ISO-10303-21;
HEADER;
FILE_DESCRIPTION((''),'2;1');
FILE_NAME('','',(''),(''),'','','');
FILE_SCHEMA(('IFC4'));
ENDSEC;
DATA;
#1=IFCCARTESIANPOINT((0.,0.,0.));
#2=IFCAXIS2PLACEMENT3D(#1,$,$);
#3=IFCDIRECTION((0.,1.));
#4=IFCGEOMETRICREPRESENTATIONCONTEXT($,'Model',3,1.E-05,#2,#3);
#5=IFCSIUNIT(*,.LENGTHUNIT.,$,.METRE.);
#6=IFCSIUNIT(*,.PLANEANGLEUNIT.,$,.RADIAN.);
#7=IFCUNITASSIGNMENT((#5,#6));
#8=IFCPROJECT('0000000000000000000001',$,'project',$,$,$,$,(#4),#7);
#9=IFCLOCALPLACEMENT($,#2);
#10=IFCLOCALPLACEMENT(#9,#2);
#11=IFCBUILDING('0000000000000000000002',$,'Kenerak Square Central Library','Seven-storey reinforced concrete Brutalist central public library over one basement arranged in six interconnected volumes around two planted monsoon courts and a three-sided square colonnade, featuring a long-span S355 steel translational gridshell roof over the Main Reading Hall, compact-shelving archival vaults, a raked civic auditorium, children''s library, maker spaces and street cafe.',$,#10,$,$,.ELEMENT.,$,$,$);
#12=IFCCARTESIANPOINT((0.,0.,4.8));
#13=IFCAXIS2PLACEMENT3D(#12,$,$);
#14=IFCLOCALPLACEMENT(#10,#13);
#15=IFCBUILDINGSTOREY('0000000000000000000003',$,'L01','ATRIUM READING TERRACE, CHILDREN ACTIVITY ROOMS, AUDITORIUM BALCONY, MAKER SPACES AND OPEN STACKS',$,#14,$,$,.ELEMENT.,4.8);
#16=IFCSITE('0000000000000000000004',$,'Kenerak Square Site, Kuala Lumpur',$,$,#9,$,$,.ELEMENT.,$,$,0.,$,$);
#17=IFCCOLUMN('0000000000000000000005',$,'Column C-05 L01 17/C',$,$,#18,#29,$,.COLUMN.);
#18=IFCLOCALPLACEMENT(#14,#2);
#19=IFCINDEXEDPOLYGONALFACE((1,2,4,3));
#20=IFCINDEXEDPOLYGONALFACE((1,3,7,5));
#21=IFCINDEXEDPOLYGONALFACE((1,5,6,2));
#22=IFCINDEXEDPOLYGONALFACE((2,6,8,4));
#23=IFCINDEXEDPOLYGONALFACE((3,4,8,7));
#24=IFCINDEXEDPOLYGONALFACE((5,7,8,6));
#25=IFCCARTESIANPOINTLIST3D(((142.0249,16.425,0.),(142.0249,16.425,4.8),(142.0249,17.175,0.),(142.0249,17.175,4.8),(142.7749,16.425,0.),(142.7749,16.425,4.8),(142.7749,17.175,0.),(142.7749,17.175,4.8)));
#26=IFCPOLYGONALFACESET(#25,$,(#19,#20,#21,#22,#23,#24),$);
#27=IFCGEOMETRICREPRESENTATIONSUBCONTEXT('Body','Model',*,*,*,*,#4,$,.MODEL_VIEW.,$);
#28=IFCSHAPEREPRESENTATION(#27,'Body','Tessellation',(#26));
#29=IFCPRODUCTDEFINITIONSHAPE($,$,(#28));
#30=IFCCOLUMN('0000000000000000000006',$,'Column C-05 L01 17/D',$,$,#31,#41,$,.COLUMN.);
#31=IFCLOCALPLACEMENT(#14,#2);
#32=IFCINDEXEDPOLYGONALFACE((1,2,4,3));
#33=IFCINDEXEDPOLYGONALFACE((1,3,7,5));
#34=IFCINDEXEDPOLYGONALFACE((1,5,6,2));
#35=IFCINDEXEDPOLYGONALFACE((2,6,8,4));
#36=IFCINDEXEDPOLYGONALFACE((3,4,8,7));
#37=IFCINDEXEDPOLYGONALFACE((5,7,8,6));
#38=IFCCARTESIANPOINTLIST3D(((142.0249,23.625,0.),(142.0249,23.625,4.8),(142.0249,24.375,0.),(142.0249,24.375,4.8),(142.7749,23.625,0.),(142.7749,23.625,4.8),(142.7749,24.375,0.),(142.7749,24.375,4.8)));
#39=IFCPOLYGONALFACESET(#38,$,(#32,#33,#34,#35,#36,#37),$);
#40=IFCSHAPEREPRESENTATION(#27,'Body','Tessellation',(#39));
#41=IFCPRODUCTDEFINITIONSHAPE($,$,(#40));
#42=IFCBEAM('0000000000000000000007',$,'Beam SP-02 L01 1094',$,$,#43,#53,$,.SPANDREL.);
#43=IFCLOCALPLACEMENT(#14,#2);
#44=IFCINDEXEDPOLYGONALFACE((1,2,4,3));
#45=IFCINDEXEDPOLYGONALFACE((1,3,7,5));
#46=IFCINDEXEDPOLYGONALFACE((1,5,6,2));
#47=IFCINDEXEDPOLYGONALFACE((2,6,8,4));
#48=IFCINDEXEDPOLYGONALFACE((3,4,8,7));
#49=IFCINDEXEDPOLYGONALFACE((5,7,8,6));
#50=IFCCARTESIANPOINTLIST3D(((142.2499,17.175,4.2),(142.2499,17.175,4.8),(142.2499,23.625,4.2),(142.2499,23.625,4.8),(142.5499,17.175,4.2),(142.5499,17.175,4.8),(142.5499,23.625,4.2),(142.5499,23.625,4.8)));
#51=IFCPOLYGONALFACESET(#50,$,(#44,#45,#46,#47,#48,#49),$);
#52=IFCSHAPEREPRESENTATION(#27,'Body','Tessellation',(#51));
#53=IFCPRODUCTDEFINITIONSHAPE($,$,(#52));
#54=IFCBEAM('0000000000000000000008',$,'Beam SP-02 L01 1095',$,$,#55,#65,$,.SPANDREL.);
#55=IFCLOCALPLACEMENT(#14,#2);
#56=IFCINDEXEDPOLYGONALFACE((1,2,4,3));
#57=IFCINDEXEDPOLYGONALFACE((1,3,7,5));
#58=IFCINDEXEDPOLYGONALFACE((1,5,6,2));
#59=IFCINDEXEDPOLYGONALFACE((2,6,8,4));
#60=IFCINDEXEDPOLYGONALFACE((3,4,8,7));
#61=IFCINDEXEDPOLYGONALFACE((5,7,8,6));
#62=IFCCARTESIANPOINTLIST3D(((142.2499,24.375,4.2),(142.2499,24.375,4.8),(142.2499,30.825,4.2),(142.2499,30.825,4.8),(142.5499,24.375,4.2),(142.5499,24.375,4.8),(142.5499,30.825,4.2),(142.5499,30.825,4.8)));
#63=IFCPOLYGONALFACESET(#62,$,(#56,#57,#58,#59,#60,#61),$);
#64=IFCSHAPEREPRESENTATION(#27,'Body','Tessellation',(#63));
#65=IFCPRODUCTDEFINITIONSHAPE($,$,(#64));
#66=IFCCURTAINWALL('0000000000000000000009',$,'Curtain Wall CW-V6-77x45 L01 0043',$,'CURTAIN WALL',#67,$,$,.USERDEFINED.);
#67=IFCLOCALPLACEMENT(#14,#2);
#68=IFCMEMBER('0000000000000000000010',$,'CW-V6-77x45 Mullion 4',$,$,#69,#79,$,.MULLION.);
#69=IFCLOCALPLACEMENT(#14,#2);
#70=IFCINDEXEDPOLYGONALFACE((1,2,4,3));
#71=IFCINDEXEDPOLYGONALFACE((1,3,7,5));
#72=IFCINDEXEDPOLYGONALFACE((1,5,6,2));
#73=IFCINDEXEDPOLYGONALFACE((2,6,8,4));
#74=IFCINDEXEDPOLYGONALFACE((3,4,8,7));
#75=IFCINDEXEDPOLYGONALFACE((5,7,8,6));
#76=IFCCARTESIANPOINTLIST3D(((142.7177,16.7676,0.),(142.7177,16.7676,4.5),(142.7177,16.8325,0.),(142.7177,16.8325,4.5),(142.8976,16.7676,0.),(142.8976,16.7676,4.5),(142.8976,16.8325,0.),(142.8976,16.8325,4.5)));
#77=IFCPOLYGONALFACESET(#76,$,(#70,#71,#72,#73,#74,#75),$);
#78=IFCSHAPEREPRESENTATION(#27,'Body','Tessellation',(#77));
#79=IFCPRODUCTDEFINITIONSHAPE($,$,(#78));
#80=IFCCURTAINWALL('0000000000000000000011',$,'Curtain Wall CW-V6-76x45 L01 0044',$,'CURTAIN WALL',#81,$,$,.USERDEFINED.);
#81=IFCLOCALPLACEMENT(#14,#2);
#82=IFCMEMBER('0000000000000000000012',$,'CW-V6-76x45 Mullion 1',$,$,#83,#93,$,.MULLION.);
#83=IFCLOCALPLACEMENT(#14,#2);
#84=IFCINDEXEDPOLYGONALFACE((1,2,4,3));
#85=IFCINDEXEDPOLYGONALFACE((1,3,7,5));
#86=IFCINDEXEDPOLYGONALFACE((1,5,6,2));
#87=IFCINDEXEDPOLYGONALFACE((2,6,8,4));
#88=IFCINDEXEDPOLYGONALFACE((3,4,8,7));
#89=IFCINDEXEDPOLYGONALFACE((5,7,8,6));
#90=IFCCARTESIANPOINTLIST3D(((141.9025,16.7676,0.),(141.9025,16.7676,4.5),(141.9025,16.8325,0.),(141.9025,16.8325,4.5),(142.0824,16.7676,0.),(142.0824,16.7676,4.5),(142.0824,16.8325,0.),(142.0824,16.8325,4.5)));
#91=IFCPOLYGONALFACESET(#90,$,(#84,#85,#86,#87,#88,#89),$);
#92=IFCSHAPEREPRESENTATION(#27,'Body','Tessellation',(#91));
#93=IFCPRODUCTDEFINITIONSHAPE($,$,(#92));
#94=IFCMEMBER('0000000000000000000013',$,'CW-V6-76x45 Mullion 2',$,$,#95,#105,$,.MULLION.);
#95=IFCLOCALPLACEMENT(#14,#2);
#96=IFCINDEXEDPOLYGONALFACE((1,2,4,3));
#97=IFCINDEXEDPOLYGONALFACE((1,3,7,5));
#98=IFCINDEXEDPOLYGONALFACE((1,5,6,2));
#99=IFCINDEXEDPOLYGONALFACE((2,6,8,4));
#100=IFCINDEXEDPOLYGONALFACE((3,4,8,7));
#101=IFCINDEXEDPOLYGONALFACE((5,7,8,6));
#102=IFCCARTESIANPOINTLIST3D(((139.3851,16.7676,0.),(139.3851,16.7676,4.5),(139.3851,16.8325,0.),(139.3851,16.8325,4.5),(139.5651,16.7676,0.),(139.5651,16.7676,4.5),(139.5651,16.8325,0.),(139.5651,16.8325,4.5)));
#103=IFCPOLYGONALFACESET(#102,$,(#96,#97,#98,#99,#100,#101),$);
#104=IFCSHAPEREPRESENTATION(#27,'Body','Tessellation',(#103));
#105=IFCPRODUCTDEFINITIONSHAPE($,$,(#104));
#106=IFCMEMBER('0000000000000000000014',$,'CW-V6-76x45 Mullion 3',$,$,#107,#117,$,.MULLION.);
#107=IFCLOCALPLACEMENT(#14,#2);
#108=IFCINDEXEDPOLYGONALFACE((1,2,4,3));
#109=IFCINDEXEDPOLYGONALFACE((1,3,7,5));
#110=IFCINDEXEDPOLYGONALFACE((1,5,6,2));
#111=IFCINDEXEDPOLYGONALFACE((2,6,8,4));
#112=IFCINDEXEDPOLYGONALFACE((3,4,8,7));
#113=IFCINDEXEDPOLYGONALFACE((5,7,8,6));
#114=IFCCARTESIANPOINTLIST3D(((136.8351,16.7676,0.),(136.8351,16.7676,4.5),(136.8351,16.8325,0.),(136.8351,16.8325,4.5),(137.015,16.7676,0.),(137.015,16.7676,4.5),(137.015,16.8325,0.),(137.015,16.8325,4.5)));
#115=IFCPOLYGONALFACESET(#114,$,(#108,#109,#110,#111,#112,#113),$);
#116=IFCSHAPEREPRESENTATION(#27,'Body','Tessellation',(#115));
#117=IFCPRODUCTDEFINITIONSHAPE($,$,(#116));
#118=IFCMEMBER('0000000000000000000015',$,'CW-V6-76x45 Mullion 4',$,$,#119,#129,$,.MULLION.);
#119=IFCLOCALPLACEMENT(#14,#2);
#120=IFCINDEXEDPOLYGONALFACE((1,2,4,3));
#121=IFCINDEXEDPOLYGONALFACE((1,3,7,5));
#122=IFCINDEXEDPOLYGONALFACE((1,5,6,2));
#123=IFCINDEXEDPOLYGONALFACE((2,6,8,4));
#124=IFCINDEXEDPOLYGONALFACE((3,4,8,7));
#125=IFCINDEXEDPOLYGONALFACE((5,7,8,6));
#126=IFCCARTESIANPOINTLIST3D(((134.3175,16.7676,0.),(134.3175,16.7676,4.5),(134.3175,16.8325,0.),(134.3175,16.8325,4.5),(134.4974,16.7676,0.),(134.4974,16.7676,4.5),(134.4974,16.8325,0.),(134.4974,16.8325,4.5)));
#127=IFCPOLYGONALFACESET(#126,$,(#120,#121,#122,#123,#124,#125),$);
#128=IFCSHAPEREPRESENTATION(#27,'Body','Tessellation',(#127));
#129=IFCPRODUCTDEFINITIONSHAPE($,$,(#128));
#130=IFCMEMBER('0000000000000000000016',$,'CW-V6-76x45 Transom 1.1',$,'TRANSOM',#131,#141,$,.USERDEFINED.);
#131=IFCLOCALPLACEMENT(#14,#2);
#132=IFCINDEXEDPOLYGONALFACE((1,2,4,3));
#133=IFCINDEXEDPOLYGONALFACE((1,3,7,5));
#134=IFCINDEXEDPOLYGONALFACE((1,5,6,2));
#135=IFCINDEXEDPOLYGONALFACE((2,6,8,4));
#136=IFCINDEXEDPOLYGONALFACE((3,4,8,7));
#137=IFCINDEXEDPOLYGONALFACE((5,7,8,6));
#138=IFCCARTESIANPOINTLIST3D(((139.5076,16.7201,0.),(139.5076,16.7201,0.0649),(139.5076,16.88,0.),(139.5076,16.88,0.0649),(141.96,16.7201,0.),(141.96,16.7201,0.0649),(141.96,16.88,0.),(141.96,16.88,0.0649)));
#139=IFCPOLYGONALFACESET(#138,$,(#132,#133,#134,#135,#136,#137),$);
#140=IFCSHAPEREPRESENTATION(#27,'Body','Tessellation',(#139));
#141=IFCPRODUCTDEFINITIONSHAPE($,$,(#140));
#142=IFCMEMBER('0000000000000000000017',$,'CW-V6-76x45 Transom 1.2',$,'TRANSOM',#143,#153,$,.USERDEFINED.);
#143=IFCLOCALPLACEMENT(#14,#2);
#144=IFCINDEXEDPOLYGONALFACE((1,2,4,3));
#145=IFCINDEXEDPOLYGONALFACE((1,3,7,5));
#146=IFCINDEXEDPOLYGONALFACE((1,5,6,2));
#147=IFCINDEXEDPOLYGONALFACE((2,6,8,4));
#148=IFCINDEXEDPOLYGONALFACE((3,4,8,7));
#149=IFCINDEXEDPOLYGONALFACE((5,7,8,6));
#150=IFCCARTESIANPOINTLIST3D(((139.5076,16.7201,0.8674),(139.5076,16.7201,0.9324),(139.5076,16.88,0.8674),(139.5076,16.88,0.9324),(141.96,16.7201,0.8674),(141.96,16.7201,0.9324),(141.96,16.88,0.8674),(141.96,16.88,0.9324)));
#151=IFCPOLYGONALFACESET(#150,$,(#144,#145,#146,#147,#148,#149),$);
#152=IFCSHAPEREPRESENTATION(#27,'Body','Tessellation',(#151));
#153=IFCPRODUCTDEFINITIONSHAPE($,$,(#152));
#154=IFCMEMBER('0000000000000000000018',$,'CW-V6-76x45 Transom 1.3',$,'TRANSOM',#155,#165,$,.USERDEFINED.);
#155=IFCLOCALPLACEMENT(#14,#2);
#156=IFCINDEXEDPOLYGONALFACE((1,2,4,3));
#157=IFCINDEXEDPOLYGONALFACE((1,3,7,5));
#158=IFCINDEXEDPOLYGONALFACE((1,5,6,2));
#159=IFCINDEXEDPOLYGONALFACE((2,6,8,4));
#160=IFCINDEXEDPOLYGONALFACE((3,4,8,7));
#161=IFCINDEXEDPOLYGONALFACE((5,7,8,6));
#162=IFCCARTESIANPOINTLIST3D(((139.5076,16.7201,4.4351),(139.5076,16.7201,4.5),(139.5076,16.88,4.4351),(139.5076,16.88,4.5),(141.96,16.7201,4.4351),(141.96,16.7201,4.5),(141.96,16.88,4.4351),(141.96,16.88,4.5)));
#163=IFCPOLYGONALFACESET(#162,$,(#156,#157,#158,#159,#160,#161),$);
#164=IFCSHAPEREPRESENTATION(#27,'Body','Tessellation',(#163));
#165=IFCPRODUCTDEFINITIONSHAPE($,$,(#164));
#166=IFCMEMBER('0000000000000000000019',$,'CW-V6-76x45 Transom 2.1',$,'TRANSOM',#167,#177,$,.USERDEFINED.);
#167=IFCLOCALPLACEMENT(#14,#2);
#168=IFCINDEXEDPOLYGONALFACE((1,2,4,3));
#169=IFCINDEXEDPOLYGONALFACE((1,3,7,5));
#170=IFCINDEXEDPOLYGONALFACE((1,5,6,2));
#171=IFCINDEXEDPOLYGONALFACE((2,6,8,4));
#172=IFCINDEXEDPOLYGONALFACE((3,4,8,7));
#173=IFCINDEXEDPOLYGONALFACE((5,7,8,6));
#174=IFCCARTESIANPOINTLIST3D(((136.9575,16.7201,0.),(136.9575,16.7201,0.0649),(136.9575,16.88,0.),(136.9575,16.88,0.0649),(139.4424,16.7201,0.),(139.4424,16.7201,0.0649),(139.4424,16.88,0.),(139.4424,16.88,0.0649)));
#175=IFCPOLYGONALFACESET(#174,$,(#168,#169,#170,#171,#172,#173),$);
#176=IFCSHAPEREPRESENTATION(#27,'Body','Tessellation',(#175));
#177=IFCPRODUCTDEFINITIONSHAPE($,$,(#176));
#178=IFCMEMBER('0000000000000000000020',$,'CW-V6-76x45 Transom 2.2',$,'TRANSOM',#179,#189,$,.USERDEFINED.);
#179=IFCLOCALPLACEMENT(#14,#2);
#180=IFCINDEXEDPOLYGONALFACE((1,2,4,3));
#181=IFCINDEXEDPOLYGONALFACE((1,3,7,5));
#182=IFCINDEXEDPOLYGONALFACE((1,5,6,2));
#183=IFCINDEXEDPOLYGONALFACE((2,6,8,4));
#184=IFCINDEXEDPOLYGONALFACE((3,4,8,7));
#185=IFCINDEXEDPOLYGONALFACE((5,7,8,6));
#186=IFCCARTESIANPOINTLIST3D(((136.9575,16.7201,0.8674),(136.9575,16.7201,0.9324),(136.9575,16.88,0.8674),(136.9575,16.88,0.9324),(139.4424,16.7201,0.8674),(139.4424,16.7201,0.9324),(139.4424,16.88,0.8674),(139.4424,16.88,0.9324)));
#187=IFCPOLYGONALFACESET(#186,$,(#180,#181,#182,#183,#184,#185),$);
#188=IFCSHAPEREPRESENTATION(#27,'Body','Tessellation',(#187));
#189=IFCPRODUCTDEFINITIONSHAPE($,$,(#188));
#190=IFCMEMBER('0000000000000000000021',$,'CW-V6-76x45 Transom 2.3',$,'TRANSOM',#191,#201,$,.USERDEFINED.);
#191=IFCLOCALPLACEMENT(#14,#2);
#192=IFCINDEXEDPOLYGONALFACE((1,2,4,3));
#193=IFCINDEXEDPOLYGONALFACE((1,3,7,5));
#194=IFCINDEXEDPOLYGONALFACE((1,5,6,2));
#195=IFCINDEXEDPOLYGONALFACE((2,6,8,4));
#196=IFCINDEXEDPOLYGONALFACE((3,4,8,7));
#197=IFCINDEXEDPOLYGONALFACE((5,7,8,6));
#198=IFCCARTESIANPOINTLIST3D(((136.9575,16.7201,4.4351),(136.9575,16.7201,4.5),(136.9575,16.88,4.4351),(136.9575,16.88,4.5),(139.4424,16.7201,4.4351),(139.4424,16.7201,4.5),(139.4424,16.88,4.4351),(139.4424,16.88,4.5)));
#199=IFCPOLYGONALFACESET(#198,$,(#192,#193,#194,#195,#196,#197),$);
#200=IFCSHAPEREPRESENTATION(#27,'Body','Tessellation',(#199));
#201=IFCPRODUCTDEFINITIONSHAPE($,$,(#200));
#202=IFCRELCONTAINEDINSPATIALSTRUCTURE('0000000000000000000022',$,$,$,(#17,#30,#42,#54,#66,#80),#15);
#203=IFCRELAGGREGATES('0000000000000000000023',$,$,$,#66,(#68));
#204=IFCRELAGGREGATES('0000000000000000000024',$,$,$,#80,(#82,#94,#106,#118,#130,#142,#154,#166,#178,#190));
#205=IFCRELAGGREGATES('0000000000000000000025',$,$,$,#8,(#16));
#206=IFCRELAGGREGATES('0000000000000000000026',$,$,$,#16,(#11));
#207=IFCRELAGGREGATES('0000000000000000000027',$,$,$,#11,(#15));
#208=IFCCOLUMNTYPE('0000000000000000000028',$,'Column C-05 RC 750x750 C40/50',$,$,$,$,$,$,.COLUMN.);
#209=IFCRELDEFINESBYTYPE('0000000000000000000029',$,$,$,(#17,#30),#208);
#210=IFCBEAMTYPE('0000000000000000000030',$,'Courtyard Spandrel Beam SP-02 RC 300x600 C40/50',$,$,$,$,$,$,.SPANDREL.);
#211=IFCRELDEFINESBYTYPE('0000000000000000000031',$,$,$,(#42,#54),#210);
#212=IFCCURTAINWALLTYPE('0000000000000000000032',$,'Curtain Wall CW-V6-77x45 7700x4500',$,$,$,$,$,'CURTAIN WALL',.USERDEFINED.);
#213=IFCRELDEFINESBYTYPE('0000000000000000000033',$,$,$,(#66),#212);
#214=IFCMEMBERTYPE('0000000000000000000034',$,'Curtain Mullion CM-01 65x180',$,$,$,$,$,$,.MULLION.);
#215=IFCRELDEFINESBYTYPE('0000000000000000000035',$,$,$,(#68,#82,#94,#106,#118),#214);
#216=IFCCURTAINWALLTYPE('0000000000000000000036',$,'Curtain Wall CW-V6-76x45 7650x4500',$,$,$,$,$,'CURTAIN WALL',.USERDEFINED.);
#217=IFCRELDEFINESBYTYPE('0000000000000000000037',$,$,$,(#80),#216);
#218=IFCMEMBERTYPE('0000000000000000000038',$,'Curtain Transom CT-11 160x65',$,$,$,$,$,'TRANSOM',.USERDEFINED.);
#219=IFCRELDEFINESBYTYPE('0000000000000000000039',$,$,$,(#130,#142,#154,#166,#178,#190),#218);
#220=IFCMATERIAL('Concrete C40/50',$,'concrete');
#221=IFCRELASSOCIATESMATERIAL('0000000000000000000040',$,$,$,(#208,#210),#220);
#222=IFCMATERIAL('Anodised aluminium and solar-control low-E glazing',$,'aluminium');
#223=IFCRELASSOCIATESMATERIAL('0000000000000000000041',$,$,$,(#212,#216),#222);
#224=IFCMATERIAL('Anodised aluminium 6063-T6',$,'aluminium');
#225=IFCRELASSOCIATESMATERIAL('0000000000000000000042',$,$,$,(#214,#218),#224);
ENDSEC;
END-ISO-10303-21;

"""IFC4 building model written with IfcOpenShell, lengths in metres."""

from ifc_helpers import new_model, si_unit, direction, frame, origin, origin_2d, place, context, subcontext, project, spatial, rectangle, extrude, material, material_profile, profile_set, type_object, element, aggregate, save


model = new_model("IFC4")

# Units and contexts
model_context = context("Model", 3, precision=1e-05, world=origin(), true_north=direction((0.0, 1.0)))
body_context = subcontext(model_context, "Body", "Model", "MODEL_VIEW")
ifc_project = project(units=[si_unit("LENGTHUNIT", "METRE"), si_unit("PLANEANGLEUNIT", "RADIAN")], contexts=[model_context])

# Site, building, storey
site_placement = place(None, origin())
site = spatial("IfcSite", under=ifc_project, at=site_placement, Name="Kenerak Square Site, Kuala Lumpur", CompositionType="ELEMENT", RefElevation=0.0)
building_placement = place(site_placement, origin())
building = spatial("IfcBuilding", under=site, at=building_placement, Name="Kenerak Square Central Library", Description="Seven-storey reinforced concrete Brutalist central public library over one basement arranged in six interconnected volumes around two planted monsoon courts and a three-sided square colonnade, featuring a long-span S355 steel translational gridshell roof over the Main Reading Hall, compact-shelving archival vaults, a raked civic auditorium, children's library, maker spaces and street cafe.", CompositionType="ELEMENT")
storey_placement = place(building_placement, frame((0.0, 0.0, 4.8)))
storey = spatial("IfcBuildingStorey", under=building, at=storey_placement, Name="L01", Description="ATRIUM READING TERRACE, CHILDREN ACTIVITY ROOMS, AUDITORIUM BALCONY, MAKER SPACES AND OPEN STACKS", CompositionType="ELEMENT", Elevation=4.8)

# Columns
ifc_material_1 = material(Name="Concrete C40/50", Category="concrete")
ifc_material_profile_1 = material_profile(ifc_material_1, rectangle(XDim=0.75, YDim=0.75, at=origin_2d()), Name="RC 750x750")
ifc_profile_set_1 = profile_set([ifc_material_profile_1], Name="Concrete C40/50")
column_type = type_object("IfcColumnType", Name="Column C-05 RC 750x750 C40/50", PredefinedType="COLUMN", material=ifc_profile_set_1)
for number, where, z_axis, x_axis, name in (
    (1, (142.3999, 16.8, 0.0), (0.0, 0.0, 1.0), (1.0, 0.0, 0.0), "Column C-05 L01 17/C"),
    (2, (142.3999, 24.0, 0.0), (0.0, 0.0, 1.0), (1.0, 0.0, 0.0), "Column C-05 L01 17/D"),
):
    element("IfcColumn", number, at=place(storey_placement, frame(where, z_axis=z_axis, x_axis=x_axis)), inside=storey, type_object=column_type, Name=name, PredefinedType="COLUMN", context=body_context, shape_type="SweptSolid", body=[
        extrude(rectangle(XDim=0.75, YDim=0.75, at=origin_2d()), origin(), (0.0, 0.0, 1.0), 4.8),
    ])

# Beams
ifc_material_profile_2 = material_profile(ifc_material_1, rectangle(XDim=0.3, YDim=0.6001, at=origin_2d()), Name="RC 300x600")
ifc_profile_set_2 = profile_set([ifc_material_profile_2], Name="Concrete C40/50")
beam_type_1 = type_object("IfcBeamType", Name="Courtyard Spandrel Beam SP-02 RC 300x600 C40/50", PredefinedType="SPANDREL", material=ifc_profile_set_2)
for number, where, z_axis, x_axis, name in (
    (3, (142.3999, 17.175, 4.5), (0.0, 1.0, 0.0), (-1.0, 0.0, 0.0), "Beam SP-02 L01 1094"),
    (4, (142.3999, 24.375, 4.5), (0.0, 1.0, 0.0), (-1.0, 0.0, 0.0), "Beam SP-02 L01 1095"),
):
    element("IfcBeam", number, at=place(storey_placement, frame(where, z_axis=z_axis, x_axis=x_axis)), inside=storey, type_object=beam_type_1, Name=name, PredefinedType="SPANDREL", context=body_context, shape_type="SweptSolid", body=[
        extrude(rectangle(XDim=0.3, YDim=0.6001, at=origin_2d()), origin(), (0.0, 0.0, 1.0), 6.45),
    ])

# Curtain wall, member
ifc_material_2 = material(Name="Anodised aluminium and solar-control low-E glazing", Category="aluminium")
curtain_wall_type_1 = type_object("IfcCurtainWallType", Name="Curtain Wall CW-V6-77x45 7700x4500", ElementType="CURTAIN WALL", PredefinedType="USERDEFINED", material=ifc_material_2)
curtain_wall_1_placement = place(storey_placement, origin())
curtain_wall_1 = element("IfcCurtainWall", 5, at=curtain_wall_1_placement, inside=storey, type_object=curtain_wall_type_1, Name="Curtain Wall CW-V6-77x45 L01 0043", ObjectType="CURTAIN WALL", PredefinedType="USERDEFINED")
ifc_material_3 = material(Name="Anodised aluminium 6063-T6", Category="aluminium")
ifc_material_profile_3 = material_profile(ifc_material_3, rectangle(XDim=0.0649, YDim=0.1799, at=origin_2d()), Name="AL MULLION 65x180")
ifc_profile_set_3 = profile_set([ifc_material_profile_3], Name="Anodised aluminium 6063-T6")
member_type_1 = type_object("IfcMemberType", Name="Curtain Mullion CM-01 65x180", PredefinedType="MULLION", material=ifc_profile_set_3)
member_1_placement = place(storey_placement, frame((142.8076, 16.8, 0.0), z_axis=(0.0, 0.0, 1.0), x_axis=(0.0, -1.0, 0.0)))
member_1 = element("IfcMember", 6, at=member_1_placement, type_object=member_type_1, Name="CW-V6-77x45 Mullion 4", PredefinedType="MULLION", context=body_context, shape_type="SweptSolid", body=[
    extrude(rectangle(XDim=0.0649, YDim=0.1799, at=origin_2d()), origin(), (0.0, 0.0, 1.0), 4.5),
])

# Curtain wall, members
curtain_wall_type_2 = type_object("IfcCurtainWallType", Name="Curtain Wall CW-V6-76x45 7650x4500", ElementType="CURTAIN WALL", PredefinedType="USERDEFINED", material=ifc_material_2)
curtain_wall_2_placement = place(storey_placement, origin())
curtain_wall_2 = element("IfcCurtainWall", 7, at=curtain_wall_2_placement, inside=storey, type_object=curtain_wall_type_2, Name="Curtain Wall CW-V6-76x45 L01 0044", ObjectType="CURTAIN WALL", PredefinedType="USERDEFINED")
member_2_placement = place(storey_placement, frame((141.9924, 16.8, 0.0), z_axis=(0.0, 0.0, 1.0), x_axis=(0.0, -1.0, 0.0)))
member_2 = element("IfcMember", 8, at=member_2_placement, type_object=member_type_1, Name="CW-V6-76x45 Mullion 1", PredefinedType="MULLION", context=body_context, shape_type="SweptSolid", body=[
    extrude(rectangle(XDim=0.0649, YDim=0.1799, at=origin_2d()), origin(), (0.0, 0.0, 1.0), 4.5),
])
member_3_placement = place(storey_placement, frame((139.4751, 16.8, 0.0), z_axis=(0.0, 0.0, 1.0), x_axis=(0.0, -1.0, 0.0)))
member_3 = element("IfcMember", 9, at=member_3_placement, type_object=member_type_1, Name="CW-V6-76x45 Mullion 2", PredefinedType="MULLION", context=body_context, shape_type="SweptSolid", body=[
    extrude(rectangle(XDim=0.0649, YDim=0.1799, at=origin_2d()), origin(), (0.0, 0.0, 1.0), 4.5),
])
member_4_placement = place(storey_placement, frame((136.925, 16.8, 0.0), z_axis=(0.0, 0.0, 1.0), x_axis=(0.0, -1.0, 0.0)))
member_4 = element("IfcMember", 10, at=member_4_placement, type_object=member_type_1, Name="CW-V6-76x45 Mullion 3", PredefinedType="MULLION", context=body_context, shape_type="SweptSolid", body=[
    extrude(rectangle(XDim=0.0649, YDim=0.1799, at=origin_2d()), origin(), (0.0, 0.0, 1.0), 4.5),
])
member_5_placement = place(storey_placement, frame((134.4075, 16.8, 0.0), z_axis=(0.0, 0.0, 1.0), x_axis=(0.0, -1.0, 0.0)))
member_5 = element("IfcMember", 11, at=member_5_placement, type_object=member_type_1, Name="CW-V6-76x45 Mullion 4", PredefinedType="MULLION", context=body_context, shape_type="SweptSolid", body=[
    extrude(rectangle(XDim=0.0649, YDim=0.1799, at=origin_2d()), origin(), (0.0, 0.0, 1.0), 4.5),
])
ifc_material_profile_4 = material_profile(ifc_material_3, rectangle(XDim=0.1599, YDim=0.0649, at=origin_2d()), Name="AL TRANSOM 160x65")
ifc_profile_set_4 = profile_set([ifc_material_profile_4], Name="Anodised aluminium 6063-T6")
member_type_2 = type_object("IfcMemberType", Name="Curtain Transom CT-11 160x65", ElementType="TRANSOM", PredefinedType="USERDEFINED", material=ifc_profile_set_4)
member_6_placement = place(storey_placement, frame((141.96, 16.8, 0.0325), z_axis=(-1.0, 0.0, 0.0), x_axis=(0.0, -1.0, 0.0)))
member_6 = element("IfcMember", 12, at=member_6_placement, type_object=member_type_2, Name="CW-V6-76x45 Transom 1.1", ObjectType="TRANSOM", PredefinedType="USERDEFINED", context=body_context, shape_type="SweptSolid", body=[
    extrude(rectangle(XDim=0.1599, YDim=0.0649, at=origin_2d()), origin(), (0.0, 0.0, 1.0), 2.4524),
])
member_7_placement = place(storey_placement, frame((141.96, 16.8, 0.8999), z_axis=(-1.0, 0.0, 0.0), x_axis=(0.0, -1.0, 0.0)))
member_7 = element("IfcMember", 13, at=member_7_placement, type_object=member_type_2, Name="CW-V6-76x45 Transom 1.2", ObjectType="TRANSOM", PredefinedType="USERDEFINED", context=body_context, shape_type="SweptSolid", body=[
    extrude(rectangle(XDim=0.1599, YDim=0.0649, at=origin_2d()), origin(), (0.0, 0.0, 1.0), 2.4524),
])
member_8_placement = place(storey_placement, frame((141.96, 16.8, 4.4675), z_axis=(-1.0, 0.0, 0.0), x_axis=(0.0, -1.0, 0.0)))
member_8 = element("IfcMember", 14, at=member_8_placement, type_object=member_type_2, Name="CW-V6-76x45 Transom 1.3", ObjectType="TRANSOM", PredefinedType="USERDEFINED", context=body_context, shape_type="SweptSolid", body=[
    extrude(rectangle(XDim=0.1599, YDim=0.0649, at=origin_2d()), origin(), (0.0, 0.0, 1.0), 2.4524),
])
member_9_placement = place(storey_placement, frame((139.4424, 16.8, 0.0325), z_axis=(-1.0, 0.0, 0.0), x_axis=(0.0, -1.0, 0.0)))
member_9 = element("IfcMember", 15, at=member_9_placement, type_object=member_type_2, Name="CW-V6-76x45 Transom 2.1", ObjectType="TRANSOM", PredefinedType="USERDEFINED", context=body_context, shape_type="SweptSolid", body=[
    extrude(rectangle(XDim=0.1599, YDim=0.0649, at=origin_2d()), origin(), (0.0, 0.0, 1.0), 2.4849),
])
member_10_placement = place(storey_placement, frame((139.4424, 16.8, 0.8999), z_axis=(-1.0, 0.0, 0.0), x_axis=(0.0, -1.0, 0.0)))
member_10 = element("IfcMember", 16, at=member_10_placement, type_object=member_type_2, Name="CW-V6-76x45 Transom 2.2", ObjectType="TRANSOM", PredefinedType="USERDEFINED", context=body_context, shape_type="SweptSolid", body=[
    extrude(rectangle(XDim=0.1599, YDim=0.0649, at=origin_2d()), origin(), (0.0, 0.0, 1.0), 2.4849),
])
member_11_placement = place(storey_placement, frame((139.4424, 16.8, 4.4675), z_axis=(-1.0, 0.0, 0.0), x_axis=(0.0, -1.0, 0.0)))
member_11 = element("IfcMember", 17, at=member_11_placement, type_object=member_type_2, Name="CW-V6-76x45 Transom 2.3", ObjectType="TRANSOM", PredefinedType="USERDEFINED", context=body_context, shape_type="SweptSolid", body=[
    extrude(rectangle(XDim=0.1599, YDim=0.0649, at=origin_2d()), origin(), (0.0, 0.0, 1.0), 2.4849),
])

aggregate(curtain_wall_1, [member_1])
aggregate(curtain_wall_2, [member_2, member_3, member_4, member_5, member_6, member_7, member_8, member_9, member_10, member_11])

save(model, "model.ifc")
